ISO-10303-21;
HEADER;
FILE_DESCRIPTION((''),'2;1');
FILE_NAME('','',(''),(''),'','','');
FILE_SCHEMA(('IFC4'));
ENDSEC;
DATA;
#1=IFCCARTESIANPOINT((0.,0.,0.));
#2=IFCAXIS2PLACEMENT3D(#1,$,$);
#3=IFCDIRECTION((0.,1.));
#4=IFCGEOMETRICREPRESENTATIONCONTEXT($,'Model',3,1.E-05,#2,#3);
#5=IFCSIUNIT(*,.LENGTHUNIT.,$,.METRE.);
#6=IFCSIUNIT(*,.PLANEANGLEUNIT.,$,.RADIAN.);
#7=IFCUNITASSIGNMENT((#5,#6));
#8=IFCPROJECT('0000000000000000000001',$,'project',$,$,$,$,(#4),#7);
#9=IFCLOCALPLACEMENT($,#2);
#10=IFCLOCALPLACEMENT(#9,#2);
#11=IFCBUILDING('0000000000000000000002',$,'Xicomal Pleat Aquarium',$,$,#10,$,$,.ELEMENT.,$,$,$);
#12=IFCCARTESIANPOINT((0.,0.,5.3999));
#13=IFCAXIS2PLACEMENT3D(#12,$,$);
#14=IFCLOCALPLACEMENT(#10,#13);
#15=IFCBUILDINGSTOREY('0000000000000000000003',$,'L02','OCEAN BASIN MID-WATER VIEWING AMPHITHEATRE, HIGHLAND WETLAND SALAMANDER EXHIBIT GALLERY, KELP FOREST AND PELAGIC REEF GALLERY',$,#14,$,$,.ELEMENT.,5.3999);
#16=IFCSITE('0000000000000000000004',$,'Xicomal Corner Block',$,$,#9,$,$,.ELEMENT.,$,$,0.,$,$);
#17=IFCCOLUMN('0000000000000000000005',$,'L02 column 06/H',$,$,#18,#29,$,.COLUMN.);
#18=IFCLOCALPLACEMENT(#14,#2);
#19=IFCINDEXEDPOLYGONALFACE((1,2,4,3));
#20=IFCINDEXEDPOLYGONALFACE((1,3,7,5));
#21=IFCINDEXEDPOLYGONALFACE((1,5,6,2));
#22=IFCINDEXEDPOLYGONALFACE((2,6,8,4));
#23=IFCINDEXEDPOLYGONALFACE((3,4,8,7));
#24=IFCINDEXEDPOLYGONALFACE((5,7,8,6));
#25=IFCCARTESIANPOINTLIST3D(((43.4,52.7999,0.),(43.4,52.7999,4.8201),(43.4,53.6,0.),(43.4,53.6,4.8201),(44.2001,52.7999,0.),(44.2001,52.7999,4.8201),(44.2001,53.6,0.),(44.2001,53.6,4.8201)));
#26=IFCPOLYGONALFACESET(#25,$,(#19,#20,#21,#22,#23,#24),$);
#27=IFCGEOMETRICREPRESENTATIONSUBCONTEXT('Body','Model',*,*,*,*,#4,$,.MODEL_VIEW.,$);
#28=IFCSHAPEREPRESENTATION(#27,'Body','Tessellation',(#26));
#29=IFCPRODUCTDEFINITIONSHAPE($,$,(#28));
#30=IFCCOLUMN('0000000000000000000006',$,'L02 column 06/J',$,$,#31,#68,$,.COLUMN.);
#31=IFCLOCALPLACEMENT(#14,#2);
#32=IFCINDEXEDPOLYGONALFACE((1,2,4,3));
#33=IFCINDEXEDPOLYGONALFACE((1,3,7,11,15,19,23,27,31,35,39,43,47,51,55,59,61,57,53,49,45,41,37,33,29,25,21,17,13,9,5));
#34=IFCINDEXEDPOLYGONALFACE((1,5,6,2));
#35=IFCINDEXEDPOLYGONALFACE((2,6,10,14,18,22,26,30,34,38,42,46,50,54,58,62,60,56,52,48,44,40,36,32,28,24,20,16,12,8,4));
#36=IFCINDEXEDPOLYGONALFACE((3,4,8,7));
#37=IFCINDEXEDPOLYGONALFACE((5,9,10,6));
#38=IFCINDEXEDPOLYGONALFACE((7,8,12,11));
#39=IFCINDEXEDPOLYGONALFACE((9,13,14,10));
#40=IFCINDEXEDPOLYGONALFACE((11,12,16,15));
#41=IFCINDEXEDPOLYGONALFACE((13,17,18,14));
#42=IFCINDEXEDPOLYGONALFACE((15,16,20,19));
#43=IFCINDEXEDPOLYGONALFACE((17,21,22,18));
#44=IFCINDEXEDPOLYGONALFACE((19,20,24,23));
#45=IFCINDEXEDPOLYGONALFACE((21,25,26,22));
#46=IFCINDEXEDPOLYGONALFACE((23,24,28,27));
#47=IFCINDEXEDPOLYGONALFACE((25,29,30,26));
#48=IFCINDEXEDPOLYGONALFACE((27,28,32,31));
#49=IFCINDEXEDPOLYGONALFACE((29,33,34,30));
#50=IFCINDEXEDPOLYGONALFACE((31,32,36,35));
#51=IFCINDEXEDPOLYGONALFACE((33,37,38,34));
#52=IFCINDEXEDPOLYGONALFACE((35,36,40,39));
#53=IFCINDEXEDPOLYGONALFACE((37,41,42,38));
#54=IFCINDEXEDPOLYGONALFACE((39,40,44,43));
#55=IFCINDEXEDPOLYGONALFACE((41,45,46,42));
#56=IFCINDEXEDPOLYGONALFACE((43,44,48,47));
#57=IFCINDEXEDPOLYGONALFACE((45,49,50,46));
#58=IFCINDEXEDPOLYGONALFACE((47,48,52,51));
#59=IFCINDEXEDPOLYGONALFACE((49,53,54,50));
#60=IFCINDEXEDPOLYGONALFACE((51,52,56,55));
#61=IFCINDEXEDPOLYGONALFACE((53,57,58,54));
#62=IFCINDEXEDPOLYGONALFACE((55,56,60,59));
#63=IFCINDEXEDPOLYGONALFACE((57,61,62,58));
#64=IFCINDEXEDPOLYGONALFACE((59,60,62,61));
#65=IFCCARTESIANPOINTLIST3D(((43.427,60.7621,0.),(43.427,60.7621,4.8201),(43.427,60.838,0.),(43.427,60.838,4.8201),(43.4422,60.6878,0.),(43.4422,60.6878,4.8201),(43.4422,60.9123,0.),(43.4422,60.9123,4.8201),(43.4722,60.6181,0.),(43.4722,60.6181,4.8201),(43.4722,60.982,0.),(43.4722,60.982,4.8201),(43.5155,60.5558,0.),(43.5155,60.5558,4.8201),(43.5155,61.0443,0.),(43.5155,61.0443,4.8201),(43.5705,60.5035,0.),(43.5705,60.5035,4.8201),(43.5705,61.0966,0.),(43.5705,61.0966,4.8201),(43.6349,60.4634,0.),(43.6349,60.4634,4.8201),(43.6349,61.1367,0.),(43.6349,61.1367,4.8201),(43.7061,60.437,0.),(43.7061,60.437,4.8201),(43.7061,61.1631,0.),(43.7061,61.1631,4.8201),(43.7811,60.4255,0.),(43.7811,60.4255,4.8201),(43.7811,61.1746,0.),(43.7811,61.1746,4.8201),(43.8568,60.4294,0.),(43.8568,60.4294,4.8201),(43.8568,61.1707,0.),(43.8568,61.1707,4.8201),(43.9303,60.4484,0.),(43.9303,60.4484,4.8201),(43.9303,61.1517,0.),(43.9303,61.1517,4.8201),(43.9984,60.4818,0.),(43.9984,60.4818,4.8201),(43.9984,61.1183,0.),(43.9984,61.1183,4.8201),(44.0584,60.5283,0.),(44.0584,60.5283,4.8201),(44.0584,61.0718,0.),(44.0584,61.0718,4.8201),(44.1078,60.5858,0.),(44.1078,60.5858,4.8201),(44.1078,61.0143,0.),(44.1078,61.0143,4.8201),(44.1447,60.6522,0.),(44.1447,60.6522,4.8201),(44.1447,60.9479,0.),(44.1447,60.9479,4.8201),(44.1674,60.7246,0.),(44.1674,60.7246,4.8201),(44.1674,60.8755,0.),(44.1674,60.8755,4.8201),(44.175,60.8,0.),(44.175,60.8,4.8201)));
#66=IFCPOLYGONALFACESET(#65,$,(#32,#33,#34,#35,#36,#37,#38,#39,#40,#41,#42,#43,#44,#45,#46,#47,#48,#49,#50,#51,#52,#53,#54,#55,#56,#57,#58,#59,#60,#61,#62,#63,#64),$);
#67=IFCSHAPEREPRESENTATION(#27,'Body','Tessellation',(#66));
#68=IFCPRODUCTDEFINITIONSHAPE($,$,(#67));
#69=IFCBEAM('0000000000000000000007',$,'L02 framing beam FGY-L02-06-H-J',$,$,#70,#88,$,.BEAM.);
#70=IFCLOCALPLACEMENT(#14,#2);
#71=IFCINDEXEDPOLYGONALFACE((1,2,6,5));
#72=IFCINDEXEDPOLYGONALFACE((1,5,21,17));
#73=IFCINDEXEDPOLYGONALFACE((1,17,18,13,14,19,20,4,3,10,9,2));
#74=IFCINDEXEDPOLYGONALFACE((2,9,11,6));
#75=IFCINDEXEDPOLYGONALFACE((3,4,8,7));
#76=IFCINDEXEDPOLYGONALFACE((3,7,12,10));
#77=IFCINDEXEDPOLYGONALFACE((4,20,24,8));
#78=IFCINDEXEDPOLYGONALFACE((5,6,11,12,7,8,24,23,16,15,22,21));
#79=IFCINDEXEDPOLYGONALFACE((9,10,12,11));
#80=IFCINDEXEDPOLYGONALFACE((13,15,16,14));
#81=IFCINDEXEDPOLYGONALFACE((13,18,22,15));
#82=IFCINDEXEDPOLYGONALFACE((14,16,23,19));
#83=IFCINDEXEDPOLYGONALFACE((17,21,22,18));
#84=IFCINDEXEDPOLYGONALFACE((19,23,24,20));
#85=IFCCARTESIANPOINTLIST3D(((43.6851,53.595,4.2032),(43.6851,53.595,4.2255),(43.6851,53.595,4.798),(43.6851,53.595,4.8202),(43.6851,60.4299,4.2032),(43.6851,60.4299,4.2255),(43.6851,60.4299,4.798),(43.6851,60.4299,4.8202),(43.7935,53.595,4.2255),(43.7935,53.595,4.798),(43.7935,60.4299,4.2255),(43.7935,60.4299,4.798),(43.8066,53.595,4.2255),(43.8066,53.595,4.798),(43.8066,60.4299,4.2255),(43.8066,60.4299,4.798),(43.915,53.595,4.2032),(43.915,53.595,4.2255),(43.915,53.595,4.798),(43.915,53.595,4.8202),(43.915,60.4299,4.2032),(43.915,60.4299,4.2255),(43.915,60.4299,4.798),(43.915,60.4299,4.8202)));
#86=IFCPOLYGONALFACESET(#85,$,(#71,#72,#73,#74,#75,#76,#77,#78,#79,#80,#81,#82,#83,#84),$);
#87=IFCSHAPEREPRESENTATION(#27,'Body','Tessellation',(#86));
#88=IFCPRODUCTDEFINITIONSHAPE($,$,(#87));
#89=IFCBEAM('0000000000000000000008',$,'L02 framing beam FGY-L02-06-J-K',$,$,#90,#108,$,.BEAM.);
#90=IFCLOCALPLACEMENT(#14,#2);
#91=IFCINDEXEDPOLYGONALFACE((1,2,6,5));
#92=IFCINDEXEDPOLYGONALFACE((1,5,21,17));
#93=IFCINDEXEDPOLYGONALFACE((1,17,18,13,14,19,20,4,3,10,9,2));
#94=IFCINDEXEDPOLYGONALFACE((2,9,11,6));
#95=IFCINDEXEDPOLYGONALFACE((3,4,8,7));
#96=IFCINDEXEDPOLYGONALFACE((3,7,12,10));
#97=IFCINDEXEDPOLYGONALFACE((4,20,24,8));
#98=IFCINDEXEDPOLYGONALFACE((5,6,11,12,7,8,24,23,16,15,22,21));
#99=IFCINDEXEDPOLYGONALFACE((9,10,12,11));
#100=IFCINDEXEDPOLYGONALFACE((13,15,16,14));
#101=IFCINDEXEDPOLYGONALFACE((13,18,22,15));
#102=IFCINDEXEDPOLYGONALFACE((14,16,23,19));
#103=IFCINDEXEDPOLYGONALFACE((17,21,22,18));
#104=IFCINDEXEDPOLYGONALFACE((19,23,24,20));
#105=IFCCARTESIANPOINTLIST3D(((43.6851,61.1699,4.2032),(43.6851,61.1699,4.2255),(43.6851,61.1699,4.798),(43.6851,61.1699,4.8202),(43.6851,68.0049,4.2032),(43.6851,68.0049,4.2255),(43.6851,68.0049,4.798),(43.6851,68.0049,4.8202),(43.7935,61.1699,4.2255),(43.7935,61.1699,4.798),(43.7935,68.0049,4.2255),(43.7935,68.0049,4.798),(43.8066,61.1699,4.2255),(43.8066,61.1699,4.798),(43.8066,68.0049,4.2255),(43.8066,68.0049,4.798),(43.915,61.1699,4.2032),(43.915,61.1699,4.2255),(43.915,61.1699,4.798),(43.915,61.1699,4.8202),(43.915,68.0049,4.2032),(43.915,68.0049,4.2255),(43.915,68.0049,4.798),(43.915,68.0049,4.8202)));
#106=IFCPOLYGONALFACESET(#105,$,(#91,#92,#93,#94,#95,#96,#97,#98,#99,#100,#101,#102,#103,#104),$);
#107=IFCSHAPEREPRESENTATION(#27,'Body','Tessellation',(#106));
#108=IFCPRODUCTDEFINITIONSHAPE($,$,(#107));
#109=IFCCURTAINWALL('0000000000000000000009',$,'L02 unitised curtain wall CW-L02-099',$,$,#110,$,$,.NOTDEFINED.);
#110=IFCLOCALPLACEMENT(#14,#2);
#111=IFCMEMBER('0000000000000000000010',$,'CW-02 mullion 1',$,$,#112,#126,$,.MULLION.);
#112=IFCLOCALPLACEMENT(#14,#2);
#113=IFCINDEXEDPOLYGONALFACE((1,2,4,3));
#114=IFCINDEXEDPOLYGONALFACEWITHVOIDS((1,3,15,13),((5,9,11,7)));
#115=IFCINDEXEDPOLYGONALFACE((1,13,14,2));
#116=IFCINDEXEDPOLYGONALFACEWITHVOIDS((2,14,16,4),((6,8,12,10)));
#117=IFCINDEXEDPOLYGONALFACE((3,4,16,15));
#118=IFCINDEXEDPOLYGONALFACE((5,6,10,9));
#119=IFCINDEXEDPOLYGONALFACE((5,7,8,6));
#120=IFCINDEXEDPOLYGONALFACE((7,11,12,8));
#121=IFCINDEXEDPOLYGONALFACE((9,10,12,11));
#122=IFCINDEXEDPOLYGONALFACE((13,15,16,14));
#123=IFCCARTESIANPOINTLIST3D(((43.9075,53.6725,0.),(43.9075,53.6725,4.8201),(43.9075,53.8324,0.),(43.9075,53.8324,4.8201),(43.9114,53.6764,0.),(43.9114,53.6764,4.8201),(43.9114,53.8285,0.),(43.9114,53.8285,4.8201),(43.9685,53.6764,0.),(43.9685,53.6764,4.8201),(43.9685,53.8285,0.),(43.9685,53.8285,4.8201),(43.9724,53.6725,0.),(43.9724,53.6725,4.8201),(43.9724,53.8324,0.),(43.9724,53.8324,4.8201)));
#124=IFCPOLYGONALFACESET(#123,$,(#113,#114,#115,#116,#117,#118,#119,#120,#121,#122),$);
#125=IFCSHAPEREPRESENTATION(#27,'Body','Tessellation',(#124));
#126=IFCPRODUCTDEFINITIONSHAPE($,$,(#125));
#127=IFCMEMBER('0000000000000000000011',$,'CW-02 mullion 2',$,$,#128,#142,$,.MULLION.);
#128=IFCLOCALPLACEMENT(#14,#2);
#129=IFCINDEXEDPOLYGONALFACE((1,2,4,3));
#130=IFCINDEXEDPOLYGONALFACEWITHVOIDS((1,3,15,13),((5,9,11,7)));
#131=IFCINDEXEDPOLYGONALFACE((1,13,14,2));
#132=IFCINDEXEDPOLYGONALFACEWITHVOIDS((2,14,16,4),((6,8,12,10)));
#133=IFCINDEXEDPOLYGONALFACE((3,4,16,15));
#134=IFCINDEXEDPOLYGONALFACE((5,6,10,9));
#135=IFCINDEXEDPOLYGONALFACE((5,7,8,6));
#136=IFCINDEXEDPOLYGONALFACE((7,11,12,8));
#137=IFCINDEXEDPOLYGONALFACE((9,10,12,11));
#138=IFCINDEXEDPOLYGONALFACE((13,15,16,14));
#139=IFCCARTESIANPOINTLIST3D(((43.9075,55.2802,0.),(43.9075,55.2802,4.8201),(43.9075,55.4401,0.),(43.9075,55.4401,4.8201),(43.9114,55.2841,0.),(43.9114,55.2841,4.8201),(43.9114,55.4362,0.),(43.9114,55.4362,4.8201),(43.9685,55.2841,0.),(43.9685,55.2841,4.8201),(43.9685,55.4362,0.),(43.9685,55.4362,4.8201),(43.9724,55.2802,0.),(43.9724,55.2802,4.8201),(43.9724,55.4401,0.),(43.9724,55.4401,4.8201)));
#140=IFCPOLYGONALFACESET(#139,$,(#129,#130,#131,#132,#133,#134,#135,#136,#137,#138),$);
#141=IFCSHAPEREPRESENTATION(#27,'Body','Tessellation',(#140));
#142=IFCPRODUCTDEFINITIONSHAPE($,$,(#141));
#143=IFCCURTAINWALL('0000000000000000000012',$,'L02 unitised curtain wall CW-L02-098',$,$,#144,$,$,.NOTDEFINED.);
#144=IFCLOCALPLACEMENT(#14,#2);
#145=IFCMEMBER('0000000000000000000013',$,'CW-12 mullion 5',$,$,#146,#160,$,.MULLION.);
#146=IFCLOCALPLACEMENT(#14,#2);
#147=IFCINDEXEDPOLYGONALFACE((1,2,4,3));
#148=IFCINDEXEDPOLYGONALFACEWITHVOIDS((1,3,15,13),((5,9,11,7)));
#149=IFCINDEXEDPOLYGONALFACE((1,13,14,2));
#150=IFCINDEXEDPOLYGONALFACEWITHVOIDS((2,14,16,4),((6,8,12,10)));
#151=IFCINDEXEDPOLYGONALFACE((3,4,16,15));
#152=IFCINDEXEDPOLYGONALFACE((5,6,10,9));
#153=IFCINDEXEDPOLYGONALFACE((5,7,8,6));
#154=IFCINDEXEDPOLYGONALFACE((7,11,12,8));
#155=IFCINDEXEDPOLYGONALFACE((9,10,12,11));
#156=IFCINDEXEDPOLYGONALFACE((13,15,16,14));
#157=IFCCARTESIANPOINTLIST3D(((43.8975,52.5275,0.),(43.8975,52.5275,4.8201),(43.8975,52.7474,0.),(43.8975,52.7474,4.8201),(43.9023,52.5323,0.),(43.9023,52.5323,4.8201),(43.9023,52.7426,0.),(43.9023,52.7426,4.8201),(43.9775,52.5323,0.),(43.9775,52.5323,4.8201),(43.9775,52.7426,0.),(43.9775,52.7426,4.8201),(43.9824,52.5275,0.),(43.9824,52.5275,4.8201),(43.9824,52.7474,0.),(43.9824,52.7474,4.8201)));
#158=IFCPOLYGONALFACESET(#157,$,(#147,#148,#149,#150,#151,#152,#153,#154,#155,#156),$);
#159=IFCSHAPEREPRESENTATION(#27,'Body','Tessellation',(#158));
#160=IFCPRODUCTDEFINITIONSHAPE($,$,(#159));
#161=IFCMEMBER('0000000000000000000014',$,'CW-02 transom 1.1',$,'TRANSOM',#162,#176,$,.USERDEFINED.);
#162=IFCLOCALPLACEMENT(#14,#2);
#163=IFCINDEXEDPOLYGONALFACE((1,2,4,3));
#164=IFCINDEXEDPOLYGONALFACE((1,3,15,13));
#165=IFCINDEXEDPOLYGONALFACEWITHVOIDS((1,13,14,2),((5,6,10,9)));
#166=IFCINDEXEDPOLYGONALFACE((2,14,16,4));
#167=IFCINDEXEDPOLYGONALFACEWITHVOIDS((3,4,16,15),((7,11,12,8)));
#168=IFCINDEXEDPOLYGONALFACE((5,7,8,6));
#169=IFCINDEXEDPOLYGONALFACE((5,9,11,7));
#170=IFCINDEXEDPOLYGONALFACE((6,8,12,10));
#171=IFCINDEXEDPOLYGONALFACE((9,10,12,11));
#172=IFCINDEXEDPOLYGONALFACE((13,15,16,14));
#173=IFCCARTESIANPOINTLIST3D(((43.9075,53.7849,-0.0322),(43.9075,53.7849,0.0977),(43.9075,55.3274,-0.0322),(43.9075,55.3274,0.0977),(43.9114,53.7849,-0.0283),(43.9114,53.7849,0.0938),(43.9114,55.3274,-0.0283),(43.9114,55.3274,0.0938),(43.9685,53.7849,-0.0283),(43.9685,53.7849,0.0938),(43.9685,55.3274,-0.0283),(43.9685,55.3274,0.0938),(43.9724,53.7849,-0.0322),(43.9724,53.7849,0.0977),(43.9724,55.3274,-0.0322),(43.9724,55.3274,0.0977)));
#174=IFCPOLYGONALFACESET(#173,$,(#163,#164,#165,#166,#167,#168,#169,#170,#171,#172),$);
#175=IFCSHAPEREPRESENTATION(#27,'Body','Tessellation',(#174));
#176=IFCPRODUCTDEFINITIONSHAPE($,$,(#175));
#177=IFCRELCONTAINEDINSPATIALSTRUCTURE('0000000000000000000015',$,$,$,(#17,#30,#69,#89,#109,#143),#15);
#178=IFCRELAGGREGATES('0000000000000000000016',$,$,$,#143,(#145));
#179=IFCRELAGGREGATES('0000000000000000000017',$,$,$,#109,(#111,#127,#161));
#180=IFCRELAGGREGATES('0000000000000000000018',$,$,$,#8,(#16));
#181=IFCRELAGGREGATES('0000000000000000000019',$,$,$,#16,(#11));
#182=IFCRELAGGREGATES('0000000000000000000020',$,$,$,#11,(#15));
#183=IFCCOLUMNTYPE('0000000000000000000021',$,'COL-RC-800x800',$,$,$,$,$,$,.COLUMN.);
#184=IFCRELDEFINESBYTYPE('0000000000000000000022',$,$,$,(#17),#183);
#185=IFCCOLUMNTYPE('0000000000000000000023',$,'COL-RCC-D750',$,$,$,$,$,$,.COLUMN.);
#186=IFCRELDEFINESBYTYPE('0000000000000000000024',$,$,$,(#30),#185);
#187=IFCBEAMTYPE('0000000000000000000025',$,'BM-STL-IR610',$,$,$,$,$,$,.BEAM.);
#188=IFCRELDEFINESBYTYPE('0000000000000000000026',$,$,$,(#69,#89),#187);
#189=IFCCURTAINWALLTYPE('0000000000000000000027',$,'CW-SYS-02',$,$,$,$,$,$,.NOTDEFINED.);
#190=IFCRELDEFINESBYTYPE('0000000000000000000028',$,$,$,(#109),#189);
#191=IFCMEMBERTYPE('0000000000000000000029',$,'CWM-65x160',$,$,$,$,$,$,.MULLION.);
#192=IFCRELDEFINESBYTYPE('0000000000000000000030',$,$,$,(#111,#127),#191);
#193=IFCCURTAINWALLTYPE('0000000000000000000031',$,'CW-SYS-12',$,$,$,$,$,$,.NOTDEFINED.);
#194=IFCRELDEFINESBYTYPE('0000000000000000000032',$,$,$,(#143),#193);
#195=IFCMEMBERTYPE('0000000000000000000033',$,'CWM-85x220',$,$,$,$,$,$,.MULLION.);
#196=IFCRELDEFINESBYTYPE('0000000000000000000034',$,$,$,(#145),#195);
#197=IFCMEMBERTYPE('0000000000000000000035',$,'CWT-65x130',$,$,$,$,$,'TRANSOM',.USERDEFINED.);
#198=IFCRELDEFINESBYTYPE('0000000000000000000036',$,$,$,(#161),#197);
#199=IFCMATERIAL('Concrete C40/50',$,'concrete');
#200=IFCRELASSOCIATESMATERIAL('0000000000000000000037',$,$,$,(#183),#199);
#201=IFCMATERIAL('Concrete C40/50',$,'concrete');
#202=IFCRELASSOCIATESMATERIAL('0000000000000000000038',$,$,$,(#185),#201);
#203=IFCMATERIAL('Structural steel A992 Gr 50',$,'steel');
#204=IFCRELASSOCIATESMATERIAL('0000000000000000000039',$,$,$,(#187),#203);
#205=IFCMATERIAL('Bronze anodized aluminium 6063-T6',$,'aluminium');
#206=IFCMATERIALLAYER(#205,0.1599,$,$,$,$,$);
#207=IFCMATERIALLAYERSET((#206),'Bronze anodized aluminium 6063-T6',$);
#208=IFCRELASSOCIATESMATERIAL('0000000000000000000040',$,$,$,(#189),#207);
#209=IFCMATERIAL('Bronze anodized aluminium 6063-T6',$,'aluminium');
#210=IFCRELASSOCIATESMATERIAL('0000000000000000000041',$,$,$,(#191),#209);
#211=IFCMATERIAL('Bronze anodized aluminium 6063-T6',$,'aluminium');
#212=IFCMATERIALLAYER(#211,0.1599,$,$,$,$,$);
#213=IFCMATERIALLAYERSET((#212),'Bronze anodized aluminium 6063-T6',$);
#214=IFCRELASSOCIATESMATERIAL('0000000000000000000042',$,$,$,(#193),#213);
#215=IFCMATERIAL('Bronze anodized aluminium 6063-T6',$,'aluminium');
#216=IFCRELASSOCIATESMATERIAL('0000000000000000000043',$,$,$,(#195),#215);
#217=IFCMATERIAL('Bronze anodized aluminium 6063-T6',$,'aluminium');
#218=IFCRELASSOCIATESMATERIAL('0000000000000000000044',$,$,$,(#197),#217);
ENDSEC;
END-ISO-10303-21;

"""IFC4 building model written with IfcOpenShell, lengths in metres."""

from ifc_helpers import new_model, si_unit, direction, frame, origin, origin_2d, place, context, subcontext, project, spatial, rectangle, hollow_rectangle, circle, i_section, extrude, material, layer, layer_set, material_profile, profile_set, type_object, element, aggregate, save


model = new_model("IFC4")

# Units and contexts
model_context = context("Model", 3, precision=1e-05, world=origin(), true_north=direction((0.0, 1.0)))
body_context = subcontext(model_context, "Body", "Model", "MODEL_VIEW")
ifc_project = project(units=[si_unit("LENGTHUNIT", "METRE"), si_unit("PLANEANGLEUNIT", "RADIAN")], contexts=[model_context])

# Site, building, storey
site_placement = place(None, origin())
site = spatial("IfcSite", under=ifc_project, at=site_placement, Name="Xicomal Corner Block", CompositionType="ELEMENT", RefElevation=0.0)
building_placement = place(site_placement, origin())
building = spatial("IfcBuilding", under=site, at=building_placement, Name="Xicomal Pleat Aquarium", CompositionType="ELEMENT")
storey_placement = place(building_placement, frame((0.0, 0.0, 5.3999)))
storey = spatial("IfcBuildingStorey", under=building, at=storey_placement, Name="L02", Description="OCEAN BASIN MID-WATER VIEWING AMPHITHEATRE, HIGHLAND WETLAND SALAMANDER EXHIBIT GALLERY, KELP FOREST AND PELAGIC REEF GALLERY", CompositionType="ELEMENT", Elevation=5.3999)

# Columns
ifc_material_1 = material(Name="Concrete C40/50", Category="concrete")
ifc_material_profile_1 = material_profile(ifc_material_1, rectangle(XDim=0.8, YDim=0.8, at=origin_2d()), Name="RC 800x800")
ifc_profile_set_1 = profile_set([ifc_material_profile_1], Name="Concrete C40/50")
column_type_1 = type_object("IfcColumnType", Name="COL-RC-800x800", PredefinedType="COLUMN", material=ifc_profile_set_1)
column_1_placement = place(storey_placement, frame((43.8, 53.2, 0.0), z_axis=(0.0, 0.0, 1.0), x_axis=(1.0, 0.0, 0.0)))
element("IfcColumn", 1, at=column_1_placement, inside=storey, type_object=column_type_1, Name="L02 column 06/H", PredefinedType="COLUMN", context=body_context, shape_type="SweptSolid", body=[
    extrude(rectangle(XDim=0.8, YDim=0.8, at=origin_2d()), origin(), (0.0, 0.0, 1.0), 4.8201),
])
ifc_material_2 = material(Name="Concrete C40/50", Category="concrete")
ifc_material_profile_2 = material_profile(ifc_material_2, circle(Radius=0.375, at=origin_2d()), Name="RCC D750")
ifc_profile_set_2 = profile_set([ifc_material_profile_2], Name="Concrete C40/50")
column_type_2 = type_object("IfcColumnType", Name="COL-RCC-D750", PredefinedType="COLUMN", material=ifc_profile_set_2)
column_2_placement = place(storey_placement, frame((43.8, 60.8, 0.0), z_axis=(0.0, 0.0, 1.0), x_axis=(1.0, 0.0, 0.0)))
element("IfcColumn", 2, at=column_2_placement, inside=storey, type_object=column_type_2, Name="L02 column 06/J", PredefinedType="COLUMN", context=body_context, shape_type="SweptSolid", body=[
    extrude(circle(Radius=0.375, at=origin_2d()), origin(), (0.0, 0.0, 1.0), 4.8201),
])

# Beams
ifc_material_3 = material(Name="Structural steel A992 Gr 50", Category="steel")
ifc_material_profile_3 = material_profile(ifc_material_3, i_section(OverallWidth=0.23, OverallDepth=0.6169, WebThickness=0.0132, FlangeThickness=0.0222, at=origin_2d()), Name="IR 610x140")
ifc_profile_set_3 = profile_set([ifc_material_profile_3], Name="Structural steel A992 Gr 50")
beam_type = type_object("IfcBeamType", Name="BM-STL-IR610", PredefinedType="BEAM", material=ifc_profile_set_3)
for number, where, z_axis, x_axis, name in (
    (3, (43.8, 53.595, 4.5117), (0.0, 1.0, 0.0), (-1.0, 0.0, 0.0), "L02 framing beam FGY-L02-06-H-J"),
    (4, (43.8, 61.1699, 4.5117), (0.0, 1.0, 0.0), (-1.0, 0.0, 0.0), "L02 framing beam FGY-L02-06-J-K"),
):
    element("IfcBeam", number, at=place(storey_placement, frame(where, z_axis=z_axis, x_axis=x_axis)), inside=storey, type_object=beam_type, Name=name, PredefinedType="BEAM", context=body_context, shape_type="SweptSolid", body=[
        extrude(i_section(OverallWidth=0.23, OverallDepth=0.6169, WebThickness=0.0132, FlangeThickness=0.0222, at=origin_2d()), origin(), (0.0, 0.0, 1.0), 6.835),
    ])

# Curtain wall, members
ifc_material_4 = material(Name="Bronze anodized aluminium 6063-T6", Category="aluminium")
ifc_layer_1 = layer(ifc_material_4, 0.1599)
ifc_layer_set_1 = layer_set([ifc_layer_1], Name="Bronze anodized aluminium 6063-T6")
curtain_wall_type_1 = type_object("IfcCurtainWallType", Name="CW-SYS-02", PredefinedType="NOTDEFINED", material=ifc_layer_set_1)
curtain_wall_1_placement = place(storey_placement, origin())
curtain_wall_1 = element("IfcCurtainWall", 5, at=curtain_wall_1_placement, inside=storey, type_object=curtain_wall_type_1, Name="L02 unitised curtain wall CW-L02-099", PredefinedType="NOTDEFINED")
ifc_material_5 = material(Name="Bronze anodized aluminium 6063-T6", Category="aluminium")
ifc_material_profile_4 = material_profile(ifc_material_5, hollow_rectangle(XDim=0.0649, YDim=0.1599, WallThickness=0.0039, at=origin_2d()), Name="ALU MULL 65x160")
ifc_profile_set_4 = profile_set([ifc_material_profile_4], Name="Bronze anodized aluminium 6063-T6")
member_type_1 = type_object("IfcMemberType", Name="CWM-65x160", PredefinedType="MULLION", material=ifc_profile_set_4)
member_1_placement = place(storey_placement, frame((43.9399, 53.7524, 0.0), z_axis=(0.0, 0.0, 1.0), x_axis=(-1.0, 0.0, 0.0)))
member_1 = element("IfcMember", 6, at=member_1_placement, type_object=member_type_1, Name="CW-02 mullion 1", PredefinedType="MULLION", context=body_context, shape_type="SweptSolid", body=[
    extrude(hollow_rectangle(XDim=0.0649, YDim=0.1599, WallThickness=0.0039, at=origin_2d()), origin(), (0.0, 0.0, 1.0), 4.8201),
])
member_2_placement = place(storey_placement, frame((43.9399, 55.3601, 0.0), z_axis=(0.0, 0.0, 1.0), x_axis=(-1.0, 0.0, 0.0)))
member_2 = element("IfcMember", 7, at=member_2_placement, type_object=member_type_1, Name="CW-02 mullion 2", PredefinedType="MULLION", context=body_context, shape_type="SweptSolid", body=[
    extrude(hollow_rectangle(XDim=0.0649, YDim=0.1599, WallThickness=0.0039, at=origin_2d()), origin(), (0.0, 0.0, 1.0), 4.8201),
])

# Curtain wall, member
ifc_material_6 = material(Name="Bronze anodized aluminium 6063-T6", Category="aluminium")
ifc_layer_2 = layer(ifc_material_6, 0.1599)
ifc_layer_set_2 = layer_set([ifc_layer_2], Name="Bronze anodized aluminium 6063-T6")
curtain_wall_type_2 = type_object("IfcCurtainWallType", Name="CW-SYS-12", PredefinedType="NOTDEFINED", material=ifc_layer_set_2)
curtain_wall_2_placement = place(storey_placement, origin())
curtain_wall_2 = element("IfcCurtainWall", 8, at=curtain_wall_2_placement, inside=storey, type_object=curtain_wall_type_2, Name="L02 unitised curtain wall CW-L02-098", PredefinedType="NOTDEFINED")
ifc_material_7 = material(Name="Bronze anodized aluminium 6063-T6", Category="aluminium")
ifc_material_profile_5 = material_profile(ifc_material_7, hollow_rectangle(XDim=0.085, YDim=0.22, WallThickness=0.0049, at=origin_2d()), Name="ALU MULL 85x220")
ifc_profile_set_5 = profile_set([ifc_material_profile_5], Name="Bronze anodized aluminium 6063-T6")
member_type_2 = type_object("IfcMemberType", Name="CWM-85x220", PredefinedType="MULLION", material=ifc_profile_set_5)
member_3_placement = place(storey_placement, frame((43.9399, 52.6375, 0.0), z_axis=(0.0, 0.0, 1.0), x_axis=(-1.0, 0.0, 0.0)))
member_3 = element("IfcMember", 9, at=member_3_placement, type_object=member_type_2, Name="CW-12 mullion 5", PredefinedType="MULLION", context=body_context, shape_type="SweptSolid", body=[
    extrude(hollow_rectangle(XDim=0.085, YDim=0.22, WallThickness=0.0049, at=origin_2d()), origin(), (0.0, 0.0, 1.0), 4.8201),
])

# Member
ifc_material_8 = material(Name="Bronze anodized aluminium 6063-T6", Category="aluminium")
ifc_material_profile_6 = material_profile(ifc_material_8, hollow_rectangle(XDim=0.0649, YDim=0.1299, WallThickness=0.0039, at=origin_2d()), Name="ALU TRAN 65x130")
ifc_profile_set_6 = profile_set([ifc_material_profile_6], Name="Bronze anodized aluminium 6063-T6")
member_type_3 = type_object("IfcMemberType", Name="CWT-65x130", ElementType="TRANSOM", PredefinedType="USERDEFINED", material=ifc_profile_set_6)
member_4_placement = place(storey_placement, frame((43.9399, 53.7849, 0.0327), z_axis=(0.0, 1.0, 0.0), x_axis=(-1.0, 0.0, 0.0)))
member_4 = element("IfcMember", 10, at=member_4_placement, type_object=member_type_3, Name="CW-02 transom 1.1", ObjectType="TRANSOM", PredefinedType="USERDEFINED", context=body_context, shape_type="SweptSolid", body=[
    extrude(hollow_rectangle(XDim=0.0649, YDim=0.1299, WallThickness=0.0039, at=origin_2d()), origin(), (0.0, 0.0, 1.0), 1.5425),
])

aggregate(curtain_wall_2, [member_3])
aggregate(curtain_wall_1, [member_1, member_2, member_4])

save(model, "model.ifc")
